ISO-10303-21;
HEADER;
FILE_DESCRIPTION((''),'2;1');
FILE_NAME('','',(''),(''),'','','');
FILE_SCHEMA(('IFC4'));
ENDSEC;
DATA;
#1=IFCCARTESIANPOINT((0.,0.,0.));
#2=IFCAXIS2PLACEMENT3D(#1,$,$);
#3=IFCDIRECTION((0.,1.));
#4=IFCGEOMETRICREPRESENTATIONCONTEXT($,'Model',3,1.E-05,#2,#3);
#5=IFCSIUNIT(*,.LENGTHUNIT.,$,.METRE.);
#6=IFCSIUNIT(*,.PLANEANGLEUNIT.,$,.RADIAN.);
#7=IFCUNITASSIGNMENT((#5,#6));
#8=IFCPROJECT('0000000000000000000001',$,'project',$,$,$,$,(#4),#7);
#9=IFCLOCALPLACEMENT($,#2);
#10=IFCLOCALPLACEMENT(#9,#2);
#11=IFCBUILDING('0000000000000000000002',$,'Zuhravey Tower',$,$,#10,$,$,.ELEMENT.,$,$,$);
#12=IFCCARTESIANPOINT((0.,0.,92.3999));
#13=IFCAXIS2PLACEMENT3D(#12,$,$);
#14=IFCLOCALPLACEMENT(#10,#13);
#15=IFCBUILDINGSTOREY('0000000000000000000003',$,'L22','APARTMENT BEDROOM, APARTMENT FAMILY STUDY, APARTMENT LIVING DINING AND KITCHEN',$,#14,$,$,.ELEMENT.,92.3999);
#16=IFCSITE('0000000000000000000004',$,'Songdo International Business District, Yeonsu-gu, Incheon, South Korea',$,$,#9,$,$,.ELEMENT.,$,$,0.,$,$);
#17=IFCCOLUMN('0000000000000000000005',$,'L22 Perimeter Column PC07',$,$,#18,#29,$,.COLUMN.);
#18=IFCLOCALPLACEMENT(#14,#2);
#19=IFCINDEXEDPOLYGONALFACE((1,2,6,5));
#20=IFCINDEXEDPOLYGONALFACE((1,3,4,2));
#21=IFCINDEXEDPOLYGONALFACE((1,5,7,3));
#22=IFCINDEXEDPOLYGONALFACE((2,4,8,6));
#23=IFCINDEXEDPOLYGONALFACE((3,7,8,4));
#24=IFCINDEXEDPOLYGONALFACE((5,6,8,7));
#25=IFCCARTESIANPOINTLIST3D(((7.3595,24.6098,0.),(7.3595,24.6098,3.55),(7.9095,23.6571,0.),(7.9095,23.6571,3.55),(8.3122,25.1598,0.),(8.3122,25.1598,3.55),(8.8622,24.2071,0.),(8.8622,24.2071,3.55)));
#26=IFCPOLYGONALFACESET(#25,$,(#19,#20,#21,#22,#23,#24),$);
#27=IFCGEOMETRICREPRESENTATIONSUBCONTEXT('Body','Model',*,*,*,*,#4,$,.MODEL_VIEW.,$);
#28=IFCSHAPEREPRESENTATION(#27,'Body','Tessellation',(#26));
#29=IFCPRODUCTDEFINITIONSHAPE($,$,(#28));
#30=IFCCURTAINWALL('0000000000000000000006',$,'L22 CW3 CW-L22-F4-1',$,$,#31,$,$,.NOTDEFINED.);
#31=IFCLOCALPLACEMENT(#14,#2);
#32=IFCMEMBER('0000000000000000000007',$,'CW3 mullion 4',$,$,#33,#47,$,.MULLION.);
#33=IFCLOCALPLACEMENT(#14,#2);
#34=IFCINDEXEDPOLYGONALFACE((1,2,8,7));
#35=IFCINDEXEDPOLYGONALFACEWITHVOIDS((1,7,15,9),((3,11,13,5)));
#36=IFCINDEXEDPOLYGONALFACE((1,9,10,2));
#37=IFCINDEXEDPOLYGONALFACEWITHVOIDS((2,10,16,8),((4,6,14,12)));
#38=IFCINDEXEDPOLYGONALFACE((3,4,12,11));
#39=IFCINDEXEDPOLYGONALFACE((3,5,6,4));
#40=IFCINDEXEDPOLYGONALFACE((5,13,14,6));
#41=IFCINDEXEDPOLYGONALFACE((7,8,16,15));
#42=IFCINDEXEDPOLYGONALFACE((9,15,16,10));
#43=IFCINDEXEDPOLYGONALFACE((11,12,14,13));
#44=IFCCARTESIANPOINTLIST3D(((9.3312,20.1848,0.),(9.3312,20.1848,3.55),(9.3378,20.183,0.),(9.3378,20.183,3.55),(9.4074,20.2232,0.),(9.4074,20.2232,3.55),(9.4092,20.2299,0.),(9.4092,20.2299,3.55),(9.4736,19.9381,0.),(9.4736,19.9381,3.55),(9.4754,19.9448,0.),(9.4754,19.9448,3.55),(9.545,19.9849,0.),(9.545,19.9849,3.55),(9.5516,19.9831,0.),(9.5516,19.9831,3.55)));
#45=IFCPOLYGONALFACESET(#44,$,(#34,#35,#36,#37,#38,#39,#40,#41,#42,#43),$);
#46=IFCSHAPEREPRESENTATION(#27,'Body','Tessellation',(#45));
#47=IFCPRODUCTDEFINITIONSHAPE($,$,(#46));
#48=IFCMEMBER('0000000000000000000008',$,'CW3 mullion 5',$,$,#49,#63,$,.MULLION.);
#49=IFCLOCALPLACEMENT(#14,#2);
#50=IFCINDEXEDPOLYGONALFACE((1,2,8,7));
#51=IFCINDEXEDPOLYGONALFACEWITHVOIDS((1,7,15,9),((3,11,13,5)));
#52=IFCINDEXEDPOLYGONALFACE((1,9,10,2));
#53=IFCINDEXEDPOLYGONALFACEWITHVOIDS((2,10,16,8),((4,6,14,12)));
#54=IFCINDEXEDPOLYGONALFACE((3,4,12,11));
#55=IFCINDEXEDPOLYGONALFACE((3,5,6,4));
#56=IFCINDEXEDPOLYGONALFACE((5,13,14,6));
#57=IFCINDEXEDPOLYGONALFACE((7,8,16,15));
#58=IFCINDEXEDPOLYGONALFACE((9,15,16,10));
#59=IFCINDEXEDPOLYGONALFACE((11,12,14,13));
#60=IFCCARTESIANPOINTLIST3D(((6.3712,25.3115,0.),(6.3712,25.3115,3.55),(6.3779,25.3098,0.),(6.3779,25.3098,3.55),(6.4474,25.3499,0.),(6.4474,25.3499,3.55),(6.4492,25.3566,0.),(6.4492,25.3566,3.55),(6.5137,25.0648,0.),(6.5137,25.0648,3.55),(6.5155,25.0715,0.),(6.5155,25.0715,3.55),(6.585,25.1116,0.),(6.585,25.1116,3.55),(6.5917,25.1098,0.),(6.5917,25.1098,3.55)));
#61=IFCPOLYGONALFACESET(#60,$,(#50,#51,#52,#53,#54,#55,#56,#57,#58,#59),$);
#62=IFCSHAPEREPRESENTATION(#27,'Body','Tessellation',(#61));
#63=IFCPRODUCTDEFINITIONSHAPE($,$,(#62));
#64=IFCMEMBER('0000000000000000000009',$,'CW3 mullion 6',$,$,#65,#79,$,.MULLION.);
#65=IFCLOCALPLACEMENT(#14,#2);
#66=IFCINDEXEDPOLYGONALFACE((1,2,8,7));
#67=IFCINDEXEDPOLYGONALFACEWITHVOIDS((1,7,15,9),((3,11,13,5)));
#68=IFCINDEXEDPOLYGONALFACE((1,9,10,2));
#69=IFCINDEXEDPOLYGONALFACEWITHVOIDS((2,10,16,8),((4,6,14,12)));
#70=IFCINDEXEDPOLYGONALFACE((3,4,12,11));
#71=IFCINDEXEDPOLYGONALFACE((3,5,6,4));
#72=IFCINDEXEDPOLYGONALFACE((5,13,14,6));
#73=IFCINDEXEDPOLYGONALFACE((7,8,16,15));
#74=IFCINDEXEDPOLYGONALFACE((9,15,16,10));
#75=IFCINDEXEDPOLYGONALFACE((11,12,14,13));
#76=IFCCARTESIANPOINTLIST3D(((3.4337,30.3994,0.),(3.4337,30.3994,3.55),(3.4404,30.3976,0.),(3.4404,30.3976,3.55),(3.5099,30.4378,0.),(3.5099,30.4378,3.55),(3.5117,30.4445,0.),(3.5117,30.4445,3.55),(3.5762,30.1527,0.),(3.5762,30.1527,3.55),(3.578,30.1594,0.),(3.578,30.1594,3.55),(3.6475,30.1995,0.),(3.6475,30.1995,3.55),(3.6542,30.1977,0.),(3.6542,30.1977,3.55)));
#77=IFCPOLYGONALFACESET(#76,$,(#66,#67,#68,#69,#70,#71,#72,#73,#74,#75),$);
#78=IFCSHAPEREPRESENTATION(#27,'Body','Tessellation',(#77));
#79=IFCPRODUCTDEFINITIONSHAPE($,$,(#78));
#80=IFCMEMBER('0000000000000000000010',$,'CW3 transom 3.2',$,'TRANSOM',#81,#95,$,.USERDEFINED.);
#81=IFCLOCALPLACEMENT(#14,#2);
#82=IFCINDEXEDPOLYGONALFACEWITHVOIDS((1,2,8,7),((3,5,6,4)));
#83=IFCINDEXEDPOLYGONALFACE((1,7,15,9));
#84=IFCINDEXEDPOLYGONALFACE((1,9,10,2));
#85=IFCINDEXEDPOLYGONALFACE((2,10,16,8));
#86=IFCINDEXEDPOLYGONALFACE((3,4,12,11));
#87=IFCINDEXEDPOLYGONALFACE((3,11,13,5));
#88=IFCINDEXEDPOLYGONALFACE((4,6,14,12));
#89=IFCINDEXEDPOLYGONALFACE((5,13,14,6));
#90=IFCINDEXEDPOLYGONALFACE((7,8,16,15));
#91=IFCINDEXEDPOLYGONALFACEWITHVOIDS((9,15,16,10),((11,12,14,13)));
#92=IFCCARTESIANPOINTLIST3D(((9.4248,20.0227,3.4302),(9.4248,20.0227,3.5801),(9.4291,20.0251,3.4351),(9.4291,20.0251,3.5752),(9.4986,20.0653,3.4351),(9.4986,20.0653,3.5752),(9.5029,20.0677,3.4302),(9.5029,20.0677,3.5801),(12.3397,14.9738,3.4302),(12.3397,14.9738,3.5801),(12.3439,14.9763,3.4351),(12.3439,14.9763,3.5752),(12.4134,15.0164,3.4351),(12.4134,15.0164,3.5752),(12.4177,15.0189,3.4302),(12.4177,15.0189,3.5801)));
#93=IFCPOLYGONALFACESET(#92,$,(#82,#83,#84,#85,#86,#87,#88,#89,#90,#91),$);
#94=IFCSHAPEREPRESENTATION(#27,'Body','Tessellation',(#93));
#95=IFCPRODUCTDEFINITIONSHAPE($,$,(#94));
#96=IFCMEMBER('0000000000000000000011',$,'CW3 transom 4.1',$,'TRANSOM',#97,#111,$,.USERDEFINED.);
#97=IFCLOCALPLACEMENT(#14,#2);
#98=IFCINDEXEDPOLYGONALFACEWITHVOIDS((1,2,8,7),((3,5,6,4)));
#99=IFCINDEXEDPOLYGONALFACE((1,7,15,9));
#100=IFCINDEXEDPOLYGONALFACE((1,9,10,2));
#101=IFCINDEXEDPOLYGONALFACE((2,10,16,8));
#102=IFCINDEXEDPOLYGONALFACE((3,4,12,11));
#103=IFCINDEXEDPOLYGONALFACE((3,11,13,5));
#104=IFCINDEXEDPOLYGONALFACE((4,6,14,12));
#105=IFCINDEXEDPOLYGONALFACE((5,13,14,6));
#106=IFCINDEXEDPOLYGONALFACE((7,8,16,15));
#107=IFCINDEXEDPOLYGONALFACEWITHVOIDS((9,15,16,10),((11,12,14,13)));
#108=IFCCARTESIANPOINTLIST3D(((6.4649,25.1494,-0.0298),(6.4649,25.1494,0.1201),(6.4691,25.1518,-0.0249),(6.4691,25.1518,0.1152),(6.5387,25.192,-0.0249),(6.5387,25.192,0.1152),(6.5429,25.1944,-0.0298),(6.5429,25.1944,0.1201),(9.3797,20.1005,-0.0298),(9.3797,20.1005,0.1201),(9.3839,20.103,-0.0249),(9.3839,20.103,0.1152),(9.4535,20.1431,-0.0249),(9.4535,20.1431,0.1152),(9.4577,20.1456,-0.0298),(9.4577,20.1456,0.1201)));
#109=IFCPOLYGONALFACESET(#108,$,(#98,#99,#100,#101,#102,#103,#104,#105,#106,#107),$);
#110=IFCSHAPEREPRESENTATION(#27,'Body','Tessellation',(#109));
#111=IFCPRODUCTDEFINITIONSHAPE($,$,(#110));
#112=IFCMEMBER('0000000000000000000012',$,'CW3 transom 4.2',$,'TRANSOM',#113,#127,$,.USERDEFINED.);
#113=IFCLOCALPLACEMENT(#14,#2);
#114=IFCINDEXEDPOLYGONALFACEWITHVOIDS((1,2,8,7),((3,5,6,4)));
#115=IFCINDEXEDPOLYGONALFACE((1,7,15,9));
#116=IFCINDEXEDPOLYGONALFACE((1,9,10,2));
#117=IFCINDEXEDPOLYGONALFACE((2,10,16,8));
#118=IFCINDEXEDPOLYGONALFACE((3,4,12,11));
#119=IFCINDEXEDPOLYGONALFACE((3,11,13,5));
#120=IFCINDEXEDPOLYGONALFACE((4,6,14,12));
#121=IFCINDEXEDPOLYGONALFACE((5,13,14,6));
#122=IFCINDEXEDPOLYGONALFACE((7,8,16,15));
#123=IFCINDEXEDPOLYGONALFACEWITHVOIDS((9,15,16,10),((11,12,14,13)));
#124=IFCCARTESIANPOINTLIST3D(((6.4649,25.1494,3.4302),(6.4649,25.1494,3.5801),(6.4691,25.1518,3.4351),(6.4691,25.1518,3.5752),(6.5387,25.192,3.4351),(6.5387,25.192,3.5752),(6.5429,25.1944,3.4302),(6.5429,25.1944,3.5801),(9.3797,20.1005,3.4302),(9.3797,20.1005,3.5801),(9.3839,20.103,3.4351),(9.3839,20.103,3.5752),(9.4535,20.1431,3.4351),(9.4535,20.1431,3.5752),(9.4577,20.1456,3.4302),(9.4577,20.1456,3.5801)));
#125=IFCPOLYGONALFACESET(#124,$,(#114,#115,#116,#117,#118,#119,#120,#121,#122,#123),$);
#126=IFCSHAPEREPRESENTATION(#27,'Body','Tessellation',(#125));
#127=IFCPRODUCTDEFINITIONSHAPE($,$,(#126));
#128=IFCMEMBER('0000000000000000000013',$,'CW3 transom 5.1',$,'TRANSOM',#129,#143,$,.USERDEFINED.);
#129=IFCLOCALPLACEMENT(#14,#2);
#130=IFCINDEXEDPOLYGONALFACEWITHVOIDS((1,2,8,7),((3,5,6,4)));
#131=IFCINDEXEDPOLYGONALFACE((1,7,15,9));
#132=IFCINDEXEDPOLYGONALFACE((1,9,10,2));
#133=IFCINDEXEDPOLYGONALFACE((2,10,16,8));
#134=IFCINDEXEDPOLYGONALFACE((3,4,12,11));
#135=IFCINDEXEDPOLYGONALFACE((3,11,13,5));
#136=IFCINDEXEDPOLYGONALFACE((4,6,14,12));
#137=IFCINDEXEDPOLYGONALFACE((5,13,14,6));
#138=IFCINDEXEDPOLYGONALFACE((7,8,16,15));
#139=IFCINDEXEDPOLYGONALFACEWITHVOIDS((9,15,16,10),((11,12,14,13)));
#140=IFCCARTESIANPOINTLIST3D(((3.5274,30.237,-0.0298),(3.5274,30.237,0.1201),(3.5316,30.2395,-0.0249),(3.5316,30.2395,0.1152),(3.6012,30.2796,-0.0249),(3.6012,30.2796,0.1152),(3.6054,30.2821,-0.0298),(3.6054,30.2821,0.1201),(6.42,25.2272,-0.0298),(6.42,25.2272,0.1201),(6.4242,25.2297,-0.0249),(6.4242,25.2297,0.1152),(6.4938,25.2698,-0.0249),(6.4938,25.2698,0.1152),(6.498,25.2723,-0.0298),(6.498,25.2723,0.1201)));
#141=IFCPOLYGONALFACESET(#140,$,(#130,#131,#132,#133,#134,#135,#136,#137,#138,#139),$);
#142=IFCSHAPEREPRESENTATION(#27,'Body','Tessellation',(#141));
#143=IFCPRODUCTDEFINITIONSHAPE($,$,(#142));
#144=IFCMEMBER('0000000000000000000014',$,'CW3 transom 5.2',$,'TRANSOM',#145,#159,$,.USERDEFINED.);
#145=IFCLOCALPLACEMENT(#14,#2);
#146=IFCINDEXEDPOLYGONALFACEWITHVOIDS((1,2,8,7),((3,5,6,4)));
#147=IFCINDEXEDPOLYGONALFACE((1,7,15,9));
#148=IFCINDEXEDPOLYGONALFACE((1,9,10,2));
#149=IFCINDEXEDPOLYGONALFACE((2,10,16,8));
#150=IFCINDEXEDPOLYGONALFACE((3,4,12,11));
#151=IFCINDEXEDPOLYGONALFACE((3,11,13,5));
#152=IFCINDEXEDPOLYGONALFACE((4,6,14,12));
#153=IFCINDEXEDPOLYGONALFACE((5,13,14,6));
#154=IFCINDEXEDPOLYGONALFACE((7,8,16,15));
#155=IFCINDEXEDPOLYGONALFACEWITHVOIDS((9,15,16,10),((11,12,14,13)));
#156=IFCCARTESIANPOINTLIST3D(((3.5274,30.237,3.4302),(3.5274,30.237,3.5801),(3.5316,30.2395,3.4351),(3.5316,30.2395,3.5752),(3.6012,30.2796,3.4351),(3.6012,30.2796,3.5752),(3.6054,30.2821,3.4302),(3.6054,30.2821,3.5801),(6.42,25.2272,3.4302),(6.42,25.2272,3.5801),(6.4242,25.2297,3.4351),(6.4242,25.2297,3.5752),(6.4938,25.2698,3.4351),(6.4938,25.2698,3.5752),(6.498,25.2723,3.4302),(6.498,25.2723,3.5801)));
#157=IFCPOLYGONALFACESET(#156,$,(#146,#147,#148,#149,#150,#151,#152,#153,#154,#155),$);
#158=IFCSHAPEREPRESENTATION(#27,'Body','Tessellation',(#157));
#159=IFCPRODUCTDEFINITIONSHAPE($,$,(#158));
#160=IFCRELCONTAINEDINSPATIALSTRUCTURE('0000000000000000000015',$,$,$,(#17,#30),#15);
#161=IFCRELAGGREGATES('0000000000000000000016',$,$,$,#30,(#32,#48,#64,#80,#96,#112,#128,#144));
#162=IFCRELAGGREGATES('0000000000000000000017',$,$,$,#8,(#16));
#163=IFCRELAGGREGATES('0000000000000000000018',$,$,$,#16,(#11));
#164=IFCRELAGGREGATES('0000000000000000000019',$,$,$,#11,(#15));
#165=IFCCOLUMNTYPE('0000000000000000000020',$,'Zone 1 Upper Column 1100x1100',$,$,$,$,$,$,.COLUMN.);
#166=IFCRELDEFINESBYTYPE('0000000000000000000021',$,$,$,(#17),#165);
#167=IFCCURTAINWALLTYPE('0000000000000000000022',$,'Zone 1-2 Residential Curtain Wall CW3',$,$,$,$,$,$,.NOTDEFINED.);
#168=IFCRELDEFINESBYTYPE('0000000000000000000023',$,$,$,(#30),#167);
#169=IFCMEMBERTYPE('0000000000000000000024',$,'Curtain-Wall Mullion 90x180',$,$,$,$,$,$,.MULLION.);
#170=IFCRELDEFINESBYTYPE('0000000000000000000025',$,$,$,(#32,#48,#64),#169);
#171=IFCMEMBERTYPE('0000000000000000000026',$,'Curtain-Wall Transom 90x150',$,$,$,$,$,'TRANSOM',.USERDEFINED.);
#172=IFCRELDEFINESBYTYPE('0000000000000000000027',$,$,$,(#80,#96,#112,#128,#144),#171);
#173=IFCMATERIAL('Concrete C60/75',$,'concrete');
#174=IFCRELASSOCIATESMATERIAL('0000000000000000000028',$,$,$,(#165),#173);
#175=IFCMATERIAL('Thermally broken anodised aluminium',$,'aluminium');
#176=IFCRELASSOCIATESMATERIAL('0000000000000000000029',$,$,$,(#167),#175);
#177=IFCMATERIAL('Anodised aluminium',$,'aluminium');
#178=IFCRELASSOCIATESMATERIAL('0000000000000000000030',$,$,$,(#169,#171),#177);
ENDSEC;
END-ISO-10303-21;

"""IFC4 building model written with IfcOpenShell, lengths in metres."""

from ifc_helpers import new_model, si_unit, direction, frame, origin, origin_2d, place, context, subcontext, project, spatial, rectangle, hollow_rectangle, extrude, material, material_profile, profile_set, type_object, element, aggregate, save


model = new_model("IFC4")

# Units and contexts
model_context = context("Model", 3, precision=1e-05, world=origin(), true_north=direction((0.0, 1.0)))
body_context = subcontext(model_context, "Body", "Model", "MODEL_VIEW")
ifc_project = project(units=[si_unit("LENGTHUNIT", "METRE"), si_unit("PLANEANGLEUNIT", "RADIAN")], contexts=[model_context])

# Site, building, storey
site_placement = place(None, origin())
site = spatial("IfcSite", under=ifc_project, at=site_placement, Name="Songdo International Business District, Yeonsu-gu, Incheon, South Korea", CompositionType="ELEMENT", RefElevation=0.0)
building_placement = place(site_placement, origin())
building = spatial("IfcBuilding", under=site, at=building_placement, Name="Zuhravey Tower", CompositionType="ELEMENT")
storey_placement = place(building_placement, frame((0.0, 0.0, 92.3999)))
storey = spatial("IfcBuildingStorey", under=building, at=storey_placement, Name="L22", Description="APARTMENT BEDROOM, APARTMENT FAMILY STUDY, APARTMENT LIVING DINING AND KITCHEN", CompositionType="ELEMENT", Elevation=92.3999)

# Column
ifc_material_1 = material(Name="Concrete C60/75", Category="concrete")
ifc_material_profile_1 = material_profile(ifc_material_1, rectangle(XDim=1.1001, YDim=1.1001, at=origin_2d()), Name="RC-1100x1100")
ifc_profile_set_1 = profile_set([ifc_material_profile_1], Name="Concrete C60/75")
column_type = type_object("IfcColumnType", Name="Zone 1 Upper Column 1100x1100", PredefinedType="COLUMN", material=ifc_profile_set_1)
column_placement = place(storey_placement, frame((8.1108, 24.4084, 0.0), z_axis=(0.0, 0.0, 1.0), x_axis=(0.5, -0.866025, 0.0)))
element("IfcColumn", 1, at=column_placement, inside=storey, type_object=column_type, Name="L22 Perimeter Column PC07", PredefinedType="COLUMN", context=body_context, shape_type="SweptSolid", body=[
    extrude(rectangle(XDim=1.1001, YDim=1.1001, at=origin_2d()), origin(), (0.0, 0.0, 1.0), 3.55),
])

# Curtain wall, members
ifc_material_2 = material(Name="Thermally broken anodised aluminium", Category="aluminium")
curtain_wall_type = type_object("IfcCurtainWallType", Name="Zone 1-2 Residential Curtain Wall CW3", PredefinedType="NOTDEFINED", material=ifc_material_2)
curtain_wall_placement = place(storey_placement, origin())
curtain_wall = element("IfcCurtainWall", 2, at=curtain_wall_placement, inside=storey, type_object=curtain_wall_type, Name="L22 CW3 CW-L22-F4-1", PredefinedType="NOTDEFINED")
ifc_material_3 = material(Name="Anodised aluminium", Category="aluminium")
ifc_material_profile_2 = material_profile(ifc_material_3, hollow_rectangle(XDim=0.0901, YDim=0.2849, WallThickness=0.0049, at=origin_2d()), Name="ALU-RHS-90x285x5")
ifc_profile_set_2 = profile_set([ifc_material_profile_2], Name="Anodised aluminium")
member_type_1 = type_object("IfcMemberType", Name="Curtain-Wall Mullion 90x180", PredefinedType="MULLION", material=ifc_profile_set_2)
member_1_placement = place(storey_placement, frame((9.4414, 20.084, 0.0), z_axis=(0.0, 0.0, 1.0), x_axis=(-0.866026, -0.5, 0.0)))
member_1 = element("IfcMember", 3, at=member_1_placement, type_object=member_type_1, Name="CW3 mullion 4", PredefinedType="MULLION", context=body_context, shape_type="SweptSolid", body=[
    extrude(hollow_rectangle(XDim=0.0901, YDim=0.2849, WallThickness=0.0049, at=origin_2d()), origin(), (0.0, 0.0, 1.0), 3.55),
])
member_2_placement = place(storey_placement, frame((6.4814, 25.2107, 0.0), z_axis=(0.0, 0.0, 1.0), x_axis=(-0.866026, -0.5, 0.0)))
member_2 = element("IfcMember", 4, at=member_2_placement, type_object=member_type_1, Name="CW3 mullion 5", PredefinedType="MULLION", context=body_context, shape_type="SweptSolid", body=[
    extrude(hollow_rectangle(XDim=0.0901, YDim=0.2849, WallThickness=0.0049, at=origin_2d()), origin(), (0.0, 0.0, 1.0), 3.55),
])
member_3_placement = place(storey_placement, frame((3.5439, 30.2986, 0.0), z_axis=(0.0, 0.0, 1.0), x_axis=(-0.866026, -0.5, 0.0)))
member_3 = element("IfcMember", 5, at=member_3_placement, type_object=member_type_1, Name="CW3 mullion 6", PredefinedType="MULLION", context=body_context, shape_type="SweptSolid", body=[
    extrude(hollow_rectangle(XDim=0.0901, YDim=0.2849, WallThickness=0.0049, at=origin_2d()), origin(), (0.0, 0.0, 1.0), 3.55),
])
ifc_material_profile_3 = material_profile(ifc_material_3, hollow_rectangle(XDim=0.0901, YDim=0.1499, WallThickness=0.0049, at=origin_2d()), Name="ALU-RHS-90x150x5")
ifc_profile_set_3 = profile_set([ifc_material_profile_3], Name="Anodised aluminium")
member_type_2 = type_object("IfcMemberType", Name="Curtain-Wall Transom 90x150", ElementType="TRANSOM", PredefinedType="USERDEFINED", material=ifc_profile_set_3)
member_4_placement = place(storey_placement, frame((12.3787, 14.9963, 3.5051), z_axis=(-0.499981, 0.866036, 0.0), x_axis=(-0.866036, -0.499981, 0.0)))
member_4 = element("IfcMember", 6, at=member_4_placement, type_object=member_type_2, Name="CW3 transom 3.2", ObjectType="TRANSOM", PredefinedType="USERDEFINED", context=body_context, shape_type="SweptSolid", body=[
    extrude(hollow_rectangle(XDim=0.0901, YDim=0.1499, WallThickness=0.0049, at=origin_2d()), origin(), (0.0, 0.0, 1.0), 5.8298),
])
member_5_placement = place(storey_placement, frame((9.4187, 20.123, 0.0452), z_axis=(-0.499981, 0.866036, 0.0), x_axis=(-0.866036, -0.499981, 0.0)))
member_5 = element("IfcMember", 7, at=member_5_placement, type_object=member_type_2, Name="CW3 transom 4.1", ObjectType="TRANSOM", PredefinedType="USERDEFINED", context=body_context, shape_type="SweptSolid", body=[
    extrude(hollow_rectangle(XDim=0.0901, YDim=0.1499, WallThickness=0.0049, at=origin_2d()), origin(), (0.0, 0.0, 1.0), 5.8298),
])
member_6_placement = place(storey_placement, frame((9.4187, 20.123, 3.5051), z_axis=(-0.499981, 0.866036, 0.0), x_axis=(-0.866036, -0.499981, 0.0)))
member_6 = element("IfcMember", 8, at=member_6_placement, type_object=member_type_2, Name="CW3 transom 4.2", ObjectType="TRANSOM", PredefinedType="USERDEFINED", context=body_context, shape_type="SweptSolid", body=[
    extrude(hollow_rectangle(XDim=0.0901, YDim=0.1499, WallThickness=0.0049, at=origin_2d()), origin(), (0.0, 0.0, 1.0), 5.8298),
])
member_7_placement = place(storey_placement, frame((6.459, 25.2498, 0.0452), z_axis=(-0.500024, 0.866011, 0.0), x_axis=(-0.866011, -0.500024, 0.0)))
member_7 = element("IfcMember", 9, at=member_7_placement, type_object=member_type_2, Name="CW3 transom 5.1", ObjectType="TRANSOM", PredefinedType="USERDEFINED", context=body_context, shape_type="SweptSolid", body=[
    extrude(hollow_rectangle(XDim=0.0901, YDim=0.1499, WallThickness=0.0049, at=origin_2d()), origin(), (0.0, 0.0, 1.0), 5.7849),
])
member_8_placement = place(storey_placement, frame((6.459, 25.2498, 3.5051), z_axis=(-0.500024, 0.866011, 0.0), x_axis=(-0.866011, -0.500024, 0.0)))
member_8 = element("IfcMember", 10, at=member_8_placement, type_object=member_type_2, Name="CW3 transom 5.2", ObjectType="TRANSOM", PredefinedType="USERDEFINED", context=body_context, shape_type="SweptSolid", body=[
    extrude(hollow_rectangle(XDim=0.0901, YDim=0.1499, WallThickness=0.0049, at=origin_2d()), origin(), (0.0, 0.0, 1.0), 5.7849),
])

aggregate(curtain_wall, [member_1, member_2, member_3, member_4, member_5, member_6, member_7, member_8])

save(model, "model.ifc")
